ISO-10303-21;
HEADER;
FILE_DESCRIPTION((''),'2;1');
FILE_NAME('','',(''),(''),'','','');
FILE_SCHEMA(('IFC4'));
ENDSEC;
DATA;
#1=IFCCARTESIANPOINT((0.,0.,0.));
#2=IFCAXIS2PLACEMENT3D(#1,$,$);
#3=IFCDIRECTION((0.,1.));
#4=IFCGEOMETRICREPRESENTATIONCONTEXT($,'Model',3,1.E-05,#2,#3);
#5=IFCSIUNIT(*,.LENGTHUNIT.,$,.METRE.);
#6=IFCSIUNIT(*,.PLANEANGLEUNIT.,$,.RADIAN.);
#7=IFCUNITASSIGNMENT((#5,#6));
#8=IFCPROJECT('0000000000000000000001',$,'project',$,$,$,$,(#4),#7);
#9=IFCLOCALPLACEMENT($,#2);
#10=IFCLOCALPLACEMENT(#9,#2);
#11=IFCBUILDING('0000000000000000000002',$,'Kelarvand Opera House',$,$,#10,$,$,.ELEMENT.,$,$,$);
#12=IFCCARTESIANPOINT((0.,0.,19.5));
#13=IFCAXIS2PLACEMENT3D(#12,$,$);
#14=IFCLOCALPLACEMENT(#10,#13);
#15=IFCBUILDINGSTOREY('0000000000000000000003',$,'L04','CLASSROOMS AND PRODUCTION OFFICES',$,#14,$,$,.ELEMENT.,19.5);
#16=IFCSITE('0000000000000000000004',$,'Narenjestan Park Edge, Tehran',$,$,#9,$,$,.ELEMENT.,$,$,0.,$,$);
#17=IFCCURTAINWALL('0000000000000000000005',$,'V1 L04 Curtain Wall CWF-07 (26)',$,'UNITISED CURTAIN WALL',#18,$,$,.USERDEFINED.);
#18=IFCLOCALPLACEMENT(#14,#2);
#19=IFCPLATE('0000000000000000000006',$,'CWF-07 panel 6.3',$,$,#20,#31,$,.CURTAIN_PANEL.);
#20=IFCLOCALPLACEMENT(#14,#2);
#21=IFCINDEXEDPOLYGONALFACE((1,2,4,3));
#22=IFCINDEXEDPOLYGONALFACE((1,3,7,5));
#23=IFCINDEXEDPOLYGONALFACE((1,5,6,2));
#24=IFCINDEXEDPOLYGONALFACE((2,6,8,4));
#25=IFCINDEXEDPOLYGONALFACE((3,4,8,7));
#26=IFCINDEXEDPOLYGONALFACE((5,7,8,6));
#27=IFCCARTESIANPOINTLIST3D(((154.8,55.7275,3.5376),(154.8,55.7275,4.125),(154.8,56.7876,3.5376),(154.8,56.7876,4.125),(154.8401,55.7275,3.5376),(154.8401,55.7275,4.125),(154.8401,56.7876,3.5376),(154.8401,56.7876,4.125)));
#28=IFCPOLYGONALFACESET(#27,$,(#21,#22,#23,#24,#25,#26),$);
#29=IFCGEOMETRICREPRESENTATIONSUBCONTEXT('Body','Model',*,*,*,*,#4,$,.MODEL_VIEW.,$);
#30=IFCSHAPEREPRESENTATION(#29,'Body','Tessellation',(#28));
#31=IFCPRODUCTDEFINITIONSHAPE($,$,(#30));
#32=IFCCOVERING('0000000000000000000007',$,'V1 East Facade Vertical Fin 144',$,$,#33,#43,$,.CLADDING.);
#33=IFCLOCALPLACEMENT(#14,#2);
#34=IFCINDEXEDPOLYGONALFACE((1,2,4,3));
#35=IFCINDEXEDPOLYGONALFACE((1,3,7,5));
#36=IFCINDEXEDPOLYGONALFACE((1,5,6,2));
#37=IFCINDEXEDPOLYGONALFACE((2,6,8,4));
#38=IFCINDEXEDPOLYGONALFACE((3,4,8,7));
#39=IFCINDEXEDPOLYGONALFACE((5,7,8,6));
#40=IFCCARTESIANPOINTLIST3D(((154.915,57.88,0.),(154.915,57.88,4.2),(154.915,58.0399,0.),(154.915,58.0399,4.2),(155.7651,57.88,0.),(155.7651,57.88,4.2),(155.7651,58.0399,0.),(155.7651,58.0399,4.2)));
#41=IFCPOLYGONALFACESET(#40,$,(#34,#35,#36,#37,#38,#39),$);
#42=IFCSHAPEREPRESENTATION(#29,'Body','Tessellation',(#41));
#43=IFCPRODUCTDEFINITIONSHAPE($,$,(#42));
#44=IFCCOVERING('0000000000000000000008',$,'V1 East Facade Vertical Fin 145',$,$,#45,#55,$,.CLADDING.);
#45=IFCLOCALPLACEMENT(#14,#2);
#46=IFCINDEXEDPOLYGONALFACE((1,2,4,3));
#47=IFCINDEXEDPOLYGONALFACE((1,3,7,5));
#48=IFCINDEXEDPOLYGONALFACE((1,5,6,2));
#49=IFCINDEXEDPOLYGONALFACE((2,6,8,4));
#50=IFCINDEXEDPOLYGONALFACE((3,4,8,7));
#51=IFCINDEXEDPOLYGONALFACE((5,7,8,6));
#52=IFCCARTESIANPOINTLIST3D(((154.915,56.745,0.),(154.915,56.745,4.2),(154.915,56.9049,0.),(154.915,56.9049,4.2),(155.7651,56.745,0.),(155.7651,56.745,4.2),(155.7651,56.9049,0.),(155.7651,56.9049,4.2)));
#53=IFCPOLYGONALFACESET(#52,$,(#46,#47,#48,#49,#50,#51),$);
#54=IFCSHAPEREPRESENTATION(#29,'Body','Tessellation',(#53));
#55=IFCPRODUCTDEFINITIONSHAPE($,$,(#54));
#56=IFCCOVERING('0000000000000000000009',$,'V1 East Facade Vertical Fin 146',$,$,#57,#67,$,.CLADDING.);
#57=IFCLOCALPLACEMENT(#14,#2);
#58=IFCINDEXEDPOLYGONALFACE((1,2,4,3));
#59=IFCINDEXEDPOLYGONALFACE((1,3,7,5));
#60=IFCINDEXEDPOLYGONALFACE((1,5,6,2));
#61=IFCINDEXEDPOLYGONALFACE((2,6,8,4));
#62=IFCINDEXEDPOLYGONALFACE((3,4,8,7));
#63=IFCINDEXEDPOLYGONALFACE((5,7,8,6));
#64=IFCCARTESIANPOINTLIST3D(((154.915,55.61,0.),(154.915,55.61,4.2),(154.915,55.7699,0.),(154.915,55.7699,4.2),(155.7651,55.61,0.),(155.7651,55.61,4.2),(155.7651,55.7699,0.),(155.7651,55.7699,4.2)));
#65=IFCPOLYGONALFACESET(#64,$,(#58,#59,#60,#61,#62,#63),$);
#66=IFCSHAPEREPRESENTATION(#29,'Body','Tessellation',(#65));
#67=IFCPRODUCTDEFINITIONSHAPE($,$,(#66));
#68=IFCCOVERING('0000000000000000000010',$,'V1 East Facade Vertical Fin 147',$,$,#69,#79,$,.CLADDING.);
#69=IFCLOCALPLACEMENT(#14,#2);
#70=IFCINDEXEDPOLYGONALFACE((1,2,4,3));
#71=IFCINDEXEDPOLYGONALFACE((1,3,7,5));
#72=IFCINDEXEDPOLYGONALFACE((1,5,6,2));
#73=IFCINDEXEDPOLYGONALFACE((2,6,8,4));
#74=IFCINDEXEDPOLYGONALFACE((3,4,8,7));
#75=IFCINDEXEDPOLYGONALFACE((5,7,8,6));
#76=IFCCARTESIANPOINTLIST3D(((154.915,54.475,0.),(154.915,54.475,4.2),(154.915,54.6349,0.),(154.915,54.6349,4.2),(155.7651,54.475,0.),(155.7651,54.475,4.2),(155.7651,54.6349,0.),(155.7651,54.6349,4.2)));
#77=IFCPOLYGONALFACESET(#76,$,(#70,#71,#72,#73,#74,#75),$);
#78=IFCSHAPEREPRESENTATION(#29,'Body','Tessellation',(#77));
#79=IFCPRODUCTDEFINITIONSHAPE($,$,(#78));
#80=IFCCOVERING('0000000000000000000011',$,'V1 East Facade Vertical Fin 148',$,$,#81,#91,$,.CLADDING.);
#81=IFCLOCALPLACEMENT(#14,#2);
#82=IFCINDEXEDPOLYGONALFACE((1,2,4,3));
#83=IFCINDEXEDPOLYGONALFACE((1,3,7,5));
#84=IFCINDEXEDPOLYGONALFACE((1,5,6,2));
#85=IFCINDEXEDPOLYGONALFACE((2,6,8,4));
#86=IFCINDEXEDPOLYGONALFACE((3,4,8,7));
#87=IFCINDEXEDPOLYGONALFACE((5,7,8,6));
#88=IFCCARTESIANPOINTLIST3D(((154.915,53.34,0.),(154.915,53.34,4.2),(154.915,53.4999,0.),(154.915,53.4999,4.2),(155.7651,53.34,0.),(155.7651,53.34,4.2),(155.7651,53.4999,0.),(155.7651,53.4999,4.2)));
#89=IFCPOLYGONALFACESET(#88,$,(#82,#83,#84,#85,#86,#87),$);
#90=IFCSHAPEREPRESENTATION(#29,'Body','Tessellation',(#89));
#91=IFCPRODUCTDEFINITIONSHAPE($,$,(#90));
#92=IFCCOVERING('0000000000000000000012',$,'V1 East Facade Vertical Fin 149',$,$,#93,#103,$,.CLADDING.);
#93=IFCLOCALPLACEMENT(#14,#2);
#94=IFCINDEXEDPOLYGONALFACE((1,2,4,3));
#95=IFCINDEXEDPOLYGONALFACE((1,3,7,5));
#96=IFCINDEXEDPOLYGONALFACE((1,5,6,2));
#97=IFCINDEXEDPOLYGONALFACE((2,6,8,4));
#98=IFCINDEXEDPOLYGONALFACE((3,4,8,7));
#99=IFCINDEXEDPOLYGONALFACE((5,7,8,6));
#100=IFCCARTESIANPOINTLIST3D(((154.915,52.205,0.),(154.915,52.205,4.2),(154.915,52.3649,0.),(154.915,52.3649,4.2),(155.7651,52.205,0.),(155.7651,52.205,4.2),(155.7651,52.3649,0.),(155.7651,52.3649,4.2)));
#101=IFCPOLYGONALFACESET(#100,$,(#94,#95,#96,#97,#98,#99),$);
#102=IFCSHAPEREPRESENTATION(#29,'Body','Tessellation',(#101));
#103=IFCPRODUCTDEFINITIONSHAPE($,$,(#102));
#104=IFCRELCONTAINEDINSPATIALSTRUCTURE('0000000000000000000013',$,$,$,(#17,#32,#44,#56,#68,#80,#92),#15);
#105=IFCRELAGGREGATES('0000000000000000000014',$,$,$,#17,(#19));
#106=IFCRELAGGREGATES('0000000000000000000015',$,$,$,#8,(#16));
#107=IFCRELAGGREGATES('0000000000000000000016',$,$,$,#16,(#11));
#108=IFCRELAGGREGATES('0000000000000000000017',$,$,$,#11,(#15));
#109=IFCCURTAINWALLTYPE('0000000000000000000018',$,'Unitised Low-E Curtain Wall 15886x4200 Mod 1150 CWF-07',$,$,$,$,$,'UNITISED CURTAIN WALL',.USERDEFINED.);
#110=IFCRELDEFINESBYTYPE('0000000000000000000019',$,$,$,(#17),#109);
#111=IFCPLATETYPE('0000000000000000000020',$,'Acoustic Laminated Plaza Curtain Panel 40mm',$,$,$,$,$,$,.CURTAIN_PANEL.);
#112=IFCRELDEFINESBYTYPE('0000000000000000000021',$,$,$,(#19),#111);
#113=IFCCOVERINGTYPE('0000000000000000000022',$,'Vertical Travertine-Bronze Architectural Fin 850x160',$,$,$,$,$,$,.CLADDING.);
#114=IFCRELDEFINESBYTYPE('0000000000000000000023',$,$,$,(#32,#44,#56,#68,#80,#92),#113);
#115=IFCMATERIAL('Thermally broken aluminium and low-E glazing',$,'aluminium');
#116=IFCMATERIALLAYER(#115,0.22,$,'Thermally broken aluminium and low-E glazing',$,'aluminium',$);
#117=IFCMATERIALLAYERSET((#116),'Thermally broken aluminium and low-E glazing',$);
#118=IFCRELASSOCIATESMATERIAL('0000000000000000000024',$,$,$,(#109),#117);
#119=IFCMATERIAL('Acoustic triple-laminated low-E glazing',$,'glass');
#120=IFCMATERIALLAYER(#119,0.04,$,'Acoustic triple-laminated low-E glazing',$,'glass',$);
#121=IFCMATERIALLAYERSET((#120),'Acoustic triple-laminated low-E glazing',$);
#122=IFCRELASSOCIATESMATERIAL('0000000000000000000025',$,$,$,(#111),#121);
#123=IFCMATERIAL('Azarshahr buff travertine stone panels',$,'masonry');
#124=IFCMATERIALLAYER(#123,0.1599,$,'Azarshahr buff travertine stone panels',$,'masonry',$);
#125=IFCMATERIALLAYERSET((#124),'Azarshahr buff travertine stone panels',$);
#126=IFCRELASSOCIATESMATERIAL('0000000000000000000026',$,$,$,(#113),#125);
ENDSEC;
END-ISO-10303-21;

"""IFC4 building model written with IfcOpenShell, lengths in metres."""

from ifc_helpers import new_model, si_unit, direction, frame, origin, origin_2d, place, context, subcontext, project, spatial, rectangle, extrude, material, layer, layer_set, type_object, element, aggregate, save


model = new_model("IFC4")

# Units and contexts
model_context = context("Model", 3, precision=1e-05, world=origin(), true_north=direction((0.0, 1.0)))
body_context = subcontext(model_context, "Body", "Model", "MODEL_VIEW")
ifc_project = project(units=[si_unit("LENGTHUNIT", "METRE"), si_unit("PLANEANGLEUNIT", "RADIAN")], contexts=[model_context])

# Site, building, storey
site_placement = place(None, origin())
site = spatial("IfcSite", under=ifc_project, at=site_placement, Name="Narenjestan Park Edge, Tehran", CompositionType="ELEMENT", RefElevation=0.0)
building_placement = place(site_placement, origin())
building = spatial("IfcBuilding", under=site, at=building_placement, Name="Kelarvand Opera House", CompositionType="ELEMENT")
storey_placement = place(building_placement, frame((0.0, 0.0, 19.5)))
storey = spatial("IfcBuildingStorey", under=building, at=storey_placement, Name="L04", Description="CLASSROOMS AND PRODUCTION OFFICES", CompositionType="ELEMENT", Elevation=19.5)

# Curtain wall, plate
ifc_material_1 = material(Name="Thermally broken aluminium and low-E glazing", Category="aluminium")
ifc_layer_1 = layer(ifc_material_1, 0.22, Name="Thermally broken aluminium and low-E glazing", Category="aluminium")
ifc_layer_set_1 = layer_set([ifc_layer_1], Name="Thermally broken aluminium and low-E glazing")
curtain_wall_type = type_object("IfcCurtainWallType", Name="Unitised Low-E Curtain Wall 15886x4200 Mod 1150 CWF-07", ElementType="UNITISED CURTAIN WALL", PredefinedType="USERDEFINED", material=ifc_layer_set_1)
curtain_wall_placement = place(storey_placement, origin())
curtain_wall = element("IfcCurtainWall", 1, at=curtain_wall_placement, inside=storey, type_object=curtain_wall_type, Name="V1 L04 Curtain Wall CWF-07 (26)", ObjectType="UNITISED CURTAIN WALL", PredefinedType="USERDEFINED")
ifc_material_2 = material(Name="Acoustic triple-laminated low-E glazing", Category="glass")
ifc_layer_2 = layer(ifc_material_2, 0.04, Name="Acoustic triple-laminated low-E glazing", Category="glass")
ifc_layer_set_2 = layer_set([ifc_layer_2], Name="Acoustic triple-laminated low-E glazing")
plate_type = type_object("IfcPlateType", Name="Acoustic Laminated Plaza Curtain Panel 40mm", PredefinedType="CURTAIN_PANEL", material=ifc_layer_set_2)
plate_1_placement = place(storey_placement, frame((154.8201, 56.2576, 3.5376), z_axis=(0.0, 0.0, 1.0), x_axis=(0.0, -1.0, 0.0)))
plate_1 = element("IfcPlate", 2, at=plate_1_placement, type_object=plate_type, Name="CWF-07 panel 6.3", PredefinedType="CURTAIN_PANEL", context=body_context, shape_type="SweptSolid", body=[
    extrude(rectangle(XDim=1.0601, YDim=0.04, at=origin_2d()), origin(), (0.0, 0.0, 1.0), 0.5874),
])
aggregate(curtain_wall, [plate_1])

# Coverings
ifc_material_3 = material(Name="Azarshahr buff travertine stone panels", Category="masonry")
ifc_layer_3 = layer(ifc_material_3, 0.1599, Name="Azarshahr buff travertine stone panels", Category="masonry")
ifc_layer_set_3 = layer_set([ifc_layer_3], Name="Azarshahr buff travertine stone panels")
covering_type = type_object("IfcCoveringType", Name="Vertical Travertine-Bronze Architectural Fin 850x160", PredefinedType="CLADDING", material=ifc_layer_set_3)
for number, where, z_axis, x_axis, name in (
    (3, (155.3401, 57.96, 0.0), (0.0, 0.0, 1.0), (1.0, 0.0, 0.0), "V1 East Facade Vertical Fin 144"),
    (4, (155.3401, 56.825, 0.0), (0.0, 0.0, 1.0), (1.0, 0.0, 0.0), "V1 East Facade Vertical Fin 145"),
    (5, (155.3401, 55.6899, 0.0), (0.0, 0.0, 1.0), (1.0, 0.0, 0.0), "V1 East Facade Vertical Fin 146"),
    (6, (155.3401, 54.5549, 0.0), (0.0, 0.0, 1.0), (1.0, 0.0, 0.0), "V1 East Facade Vertical Fin 147"),
    (7, (155.3401, 53.4199, 0.0), (0.0, 0.0, 1.0), (1.0, 0.0, 0.0), "V1 East Facade Vertical Fin 148"),
    (8, (155.3401, 52.2849, 0.0), (0.0, 0.0, 1.0), (1.0, 0.0, 0.0), "V1 East Facade Vertical Fin 149"),
):
    element("IfcCovering", number, at=place(storey_placement, frame(where, z_axis=z_axis, x_axis=x_axis)), inside=storey, type_object=covering_type, Name=name, PredefinedType="CLADDING", context=body_context, shape_type="SweptSolid", body=[
        extrude(rectangle(XDim=0.8501, YDim=0.1599, at=origin_2d()), origin(), (0.0, 0.0, 1.0), 4.2),
    ])

save(model, "model.ifc")
